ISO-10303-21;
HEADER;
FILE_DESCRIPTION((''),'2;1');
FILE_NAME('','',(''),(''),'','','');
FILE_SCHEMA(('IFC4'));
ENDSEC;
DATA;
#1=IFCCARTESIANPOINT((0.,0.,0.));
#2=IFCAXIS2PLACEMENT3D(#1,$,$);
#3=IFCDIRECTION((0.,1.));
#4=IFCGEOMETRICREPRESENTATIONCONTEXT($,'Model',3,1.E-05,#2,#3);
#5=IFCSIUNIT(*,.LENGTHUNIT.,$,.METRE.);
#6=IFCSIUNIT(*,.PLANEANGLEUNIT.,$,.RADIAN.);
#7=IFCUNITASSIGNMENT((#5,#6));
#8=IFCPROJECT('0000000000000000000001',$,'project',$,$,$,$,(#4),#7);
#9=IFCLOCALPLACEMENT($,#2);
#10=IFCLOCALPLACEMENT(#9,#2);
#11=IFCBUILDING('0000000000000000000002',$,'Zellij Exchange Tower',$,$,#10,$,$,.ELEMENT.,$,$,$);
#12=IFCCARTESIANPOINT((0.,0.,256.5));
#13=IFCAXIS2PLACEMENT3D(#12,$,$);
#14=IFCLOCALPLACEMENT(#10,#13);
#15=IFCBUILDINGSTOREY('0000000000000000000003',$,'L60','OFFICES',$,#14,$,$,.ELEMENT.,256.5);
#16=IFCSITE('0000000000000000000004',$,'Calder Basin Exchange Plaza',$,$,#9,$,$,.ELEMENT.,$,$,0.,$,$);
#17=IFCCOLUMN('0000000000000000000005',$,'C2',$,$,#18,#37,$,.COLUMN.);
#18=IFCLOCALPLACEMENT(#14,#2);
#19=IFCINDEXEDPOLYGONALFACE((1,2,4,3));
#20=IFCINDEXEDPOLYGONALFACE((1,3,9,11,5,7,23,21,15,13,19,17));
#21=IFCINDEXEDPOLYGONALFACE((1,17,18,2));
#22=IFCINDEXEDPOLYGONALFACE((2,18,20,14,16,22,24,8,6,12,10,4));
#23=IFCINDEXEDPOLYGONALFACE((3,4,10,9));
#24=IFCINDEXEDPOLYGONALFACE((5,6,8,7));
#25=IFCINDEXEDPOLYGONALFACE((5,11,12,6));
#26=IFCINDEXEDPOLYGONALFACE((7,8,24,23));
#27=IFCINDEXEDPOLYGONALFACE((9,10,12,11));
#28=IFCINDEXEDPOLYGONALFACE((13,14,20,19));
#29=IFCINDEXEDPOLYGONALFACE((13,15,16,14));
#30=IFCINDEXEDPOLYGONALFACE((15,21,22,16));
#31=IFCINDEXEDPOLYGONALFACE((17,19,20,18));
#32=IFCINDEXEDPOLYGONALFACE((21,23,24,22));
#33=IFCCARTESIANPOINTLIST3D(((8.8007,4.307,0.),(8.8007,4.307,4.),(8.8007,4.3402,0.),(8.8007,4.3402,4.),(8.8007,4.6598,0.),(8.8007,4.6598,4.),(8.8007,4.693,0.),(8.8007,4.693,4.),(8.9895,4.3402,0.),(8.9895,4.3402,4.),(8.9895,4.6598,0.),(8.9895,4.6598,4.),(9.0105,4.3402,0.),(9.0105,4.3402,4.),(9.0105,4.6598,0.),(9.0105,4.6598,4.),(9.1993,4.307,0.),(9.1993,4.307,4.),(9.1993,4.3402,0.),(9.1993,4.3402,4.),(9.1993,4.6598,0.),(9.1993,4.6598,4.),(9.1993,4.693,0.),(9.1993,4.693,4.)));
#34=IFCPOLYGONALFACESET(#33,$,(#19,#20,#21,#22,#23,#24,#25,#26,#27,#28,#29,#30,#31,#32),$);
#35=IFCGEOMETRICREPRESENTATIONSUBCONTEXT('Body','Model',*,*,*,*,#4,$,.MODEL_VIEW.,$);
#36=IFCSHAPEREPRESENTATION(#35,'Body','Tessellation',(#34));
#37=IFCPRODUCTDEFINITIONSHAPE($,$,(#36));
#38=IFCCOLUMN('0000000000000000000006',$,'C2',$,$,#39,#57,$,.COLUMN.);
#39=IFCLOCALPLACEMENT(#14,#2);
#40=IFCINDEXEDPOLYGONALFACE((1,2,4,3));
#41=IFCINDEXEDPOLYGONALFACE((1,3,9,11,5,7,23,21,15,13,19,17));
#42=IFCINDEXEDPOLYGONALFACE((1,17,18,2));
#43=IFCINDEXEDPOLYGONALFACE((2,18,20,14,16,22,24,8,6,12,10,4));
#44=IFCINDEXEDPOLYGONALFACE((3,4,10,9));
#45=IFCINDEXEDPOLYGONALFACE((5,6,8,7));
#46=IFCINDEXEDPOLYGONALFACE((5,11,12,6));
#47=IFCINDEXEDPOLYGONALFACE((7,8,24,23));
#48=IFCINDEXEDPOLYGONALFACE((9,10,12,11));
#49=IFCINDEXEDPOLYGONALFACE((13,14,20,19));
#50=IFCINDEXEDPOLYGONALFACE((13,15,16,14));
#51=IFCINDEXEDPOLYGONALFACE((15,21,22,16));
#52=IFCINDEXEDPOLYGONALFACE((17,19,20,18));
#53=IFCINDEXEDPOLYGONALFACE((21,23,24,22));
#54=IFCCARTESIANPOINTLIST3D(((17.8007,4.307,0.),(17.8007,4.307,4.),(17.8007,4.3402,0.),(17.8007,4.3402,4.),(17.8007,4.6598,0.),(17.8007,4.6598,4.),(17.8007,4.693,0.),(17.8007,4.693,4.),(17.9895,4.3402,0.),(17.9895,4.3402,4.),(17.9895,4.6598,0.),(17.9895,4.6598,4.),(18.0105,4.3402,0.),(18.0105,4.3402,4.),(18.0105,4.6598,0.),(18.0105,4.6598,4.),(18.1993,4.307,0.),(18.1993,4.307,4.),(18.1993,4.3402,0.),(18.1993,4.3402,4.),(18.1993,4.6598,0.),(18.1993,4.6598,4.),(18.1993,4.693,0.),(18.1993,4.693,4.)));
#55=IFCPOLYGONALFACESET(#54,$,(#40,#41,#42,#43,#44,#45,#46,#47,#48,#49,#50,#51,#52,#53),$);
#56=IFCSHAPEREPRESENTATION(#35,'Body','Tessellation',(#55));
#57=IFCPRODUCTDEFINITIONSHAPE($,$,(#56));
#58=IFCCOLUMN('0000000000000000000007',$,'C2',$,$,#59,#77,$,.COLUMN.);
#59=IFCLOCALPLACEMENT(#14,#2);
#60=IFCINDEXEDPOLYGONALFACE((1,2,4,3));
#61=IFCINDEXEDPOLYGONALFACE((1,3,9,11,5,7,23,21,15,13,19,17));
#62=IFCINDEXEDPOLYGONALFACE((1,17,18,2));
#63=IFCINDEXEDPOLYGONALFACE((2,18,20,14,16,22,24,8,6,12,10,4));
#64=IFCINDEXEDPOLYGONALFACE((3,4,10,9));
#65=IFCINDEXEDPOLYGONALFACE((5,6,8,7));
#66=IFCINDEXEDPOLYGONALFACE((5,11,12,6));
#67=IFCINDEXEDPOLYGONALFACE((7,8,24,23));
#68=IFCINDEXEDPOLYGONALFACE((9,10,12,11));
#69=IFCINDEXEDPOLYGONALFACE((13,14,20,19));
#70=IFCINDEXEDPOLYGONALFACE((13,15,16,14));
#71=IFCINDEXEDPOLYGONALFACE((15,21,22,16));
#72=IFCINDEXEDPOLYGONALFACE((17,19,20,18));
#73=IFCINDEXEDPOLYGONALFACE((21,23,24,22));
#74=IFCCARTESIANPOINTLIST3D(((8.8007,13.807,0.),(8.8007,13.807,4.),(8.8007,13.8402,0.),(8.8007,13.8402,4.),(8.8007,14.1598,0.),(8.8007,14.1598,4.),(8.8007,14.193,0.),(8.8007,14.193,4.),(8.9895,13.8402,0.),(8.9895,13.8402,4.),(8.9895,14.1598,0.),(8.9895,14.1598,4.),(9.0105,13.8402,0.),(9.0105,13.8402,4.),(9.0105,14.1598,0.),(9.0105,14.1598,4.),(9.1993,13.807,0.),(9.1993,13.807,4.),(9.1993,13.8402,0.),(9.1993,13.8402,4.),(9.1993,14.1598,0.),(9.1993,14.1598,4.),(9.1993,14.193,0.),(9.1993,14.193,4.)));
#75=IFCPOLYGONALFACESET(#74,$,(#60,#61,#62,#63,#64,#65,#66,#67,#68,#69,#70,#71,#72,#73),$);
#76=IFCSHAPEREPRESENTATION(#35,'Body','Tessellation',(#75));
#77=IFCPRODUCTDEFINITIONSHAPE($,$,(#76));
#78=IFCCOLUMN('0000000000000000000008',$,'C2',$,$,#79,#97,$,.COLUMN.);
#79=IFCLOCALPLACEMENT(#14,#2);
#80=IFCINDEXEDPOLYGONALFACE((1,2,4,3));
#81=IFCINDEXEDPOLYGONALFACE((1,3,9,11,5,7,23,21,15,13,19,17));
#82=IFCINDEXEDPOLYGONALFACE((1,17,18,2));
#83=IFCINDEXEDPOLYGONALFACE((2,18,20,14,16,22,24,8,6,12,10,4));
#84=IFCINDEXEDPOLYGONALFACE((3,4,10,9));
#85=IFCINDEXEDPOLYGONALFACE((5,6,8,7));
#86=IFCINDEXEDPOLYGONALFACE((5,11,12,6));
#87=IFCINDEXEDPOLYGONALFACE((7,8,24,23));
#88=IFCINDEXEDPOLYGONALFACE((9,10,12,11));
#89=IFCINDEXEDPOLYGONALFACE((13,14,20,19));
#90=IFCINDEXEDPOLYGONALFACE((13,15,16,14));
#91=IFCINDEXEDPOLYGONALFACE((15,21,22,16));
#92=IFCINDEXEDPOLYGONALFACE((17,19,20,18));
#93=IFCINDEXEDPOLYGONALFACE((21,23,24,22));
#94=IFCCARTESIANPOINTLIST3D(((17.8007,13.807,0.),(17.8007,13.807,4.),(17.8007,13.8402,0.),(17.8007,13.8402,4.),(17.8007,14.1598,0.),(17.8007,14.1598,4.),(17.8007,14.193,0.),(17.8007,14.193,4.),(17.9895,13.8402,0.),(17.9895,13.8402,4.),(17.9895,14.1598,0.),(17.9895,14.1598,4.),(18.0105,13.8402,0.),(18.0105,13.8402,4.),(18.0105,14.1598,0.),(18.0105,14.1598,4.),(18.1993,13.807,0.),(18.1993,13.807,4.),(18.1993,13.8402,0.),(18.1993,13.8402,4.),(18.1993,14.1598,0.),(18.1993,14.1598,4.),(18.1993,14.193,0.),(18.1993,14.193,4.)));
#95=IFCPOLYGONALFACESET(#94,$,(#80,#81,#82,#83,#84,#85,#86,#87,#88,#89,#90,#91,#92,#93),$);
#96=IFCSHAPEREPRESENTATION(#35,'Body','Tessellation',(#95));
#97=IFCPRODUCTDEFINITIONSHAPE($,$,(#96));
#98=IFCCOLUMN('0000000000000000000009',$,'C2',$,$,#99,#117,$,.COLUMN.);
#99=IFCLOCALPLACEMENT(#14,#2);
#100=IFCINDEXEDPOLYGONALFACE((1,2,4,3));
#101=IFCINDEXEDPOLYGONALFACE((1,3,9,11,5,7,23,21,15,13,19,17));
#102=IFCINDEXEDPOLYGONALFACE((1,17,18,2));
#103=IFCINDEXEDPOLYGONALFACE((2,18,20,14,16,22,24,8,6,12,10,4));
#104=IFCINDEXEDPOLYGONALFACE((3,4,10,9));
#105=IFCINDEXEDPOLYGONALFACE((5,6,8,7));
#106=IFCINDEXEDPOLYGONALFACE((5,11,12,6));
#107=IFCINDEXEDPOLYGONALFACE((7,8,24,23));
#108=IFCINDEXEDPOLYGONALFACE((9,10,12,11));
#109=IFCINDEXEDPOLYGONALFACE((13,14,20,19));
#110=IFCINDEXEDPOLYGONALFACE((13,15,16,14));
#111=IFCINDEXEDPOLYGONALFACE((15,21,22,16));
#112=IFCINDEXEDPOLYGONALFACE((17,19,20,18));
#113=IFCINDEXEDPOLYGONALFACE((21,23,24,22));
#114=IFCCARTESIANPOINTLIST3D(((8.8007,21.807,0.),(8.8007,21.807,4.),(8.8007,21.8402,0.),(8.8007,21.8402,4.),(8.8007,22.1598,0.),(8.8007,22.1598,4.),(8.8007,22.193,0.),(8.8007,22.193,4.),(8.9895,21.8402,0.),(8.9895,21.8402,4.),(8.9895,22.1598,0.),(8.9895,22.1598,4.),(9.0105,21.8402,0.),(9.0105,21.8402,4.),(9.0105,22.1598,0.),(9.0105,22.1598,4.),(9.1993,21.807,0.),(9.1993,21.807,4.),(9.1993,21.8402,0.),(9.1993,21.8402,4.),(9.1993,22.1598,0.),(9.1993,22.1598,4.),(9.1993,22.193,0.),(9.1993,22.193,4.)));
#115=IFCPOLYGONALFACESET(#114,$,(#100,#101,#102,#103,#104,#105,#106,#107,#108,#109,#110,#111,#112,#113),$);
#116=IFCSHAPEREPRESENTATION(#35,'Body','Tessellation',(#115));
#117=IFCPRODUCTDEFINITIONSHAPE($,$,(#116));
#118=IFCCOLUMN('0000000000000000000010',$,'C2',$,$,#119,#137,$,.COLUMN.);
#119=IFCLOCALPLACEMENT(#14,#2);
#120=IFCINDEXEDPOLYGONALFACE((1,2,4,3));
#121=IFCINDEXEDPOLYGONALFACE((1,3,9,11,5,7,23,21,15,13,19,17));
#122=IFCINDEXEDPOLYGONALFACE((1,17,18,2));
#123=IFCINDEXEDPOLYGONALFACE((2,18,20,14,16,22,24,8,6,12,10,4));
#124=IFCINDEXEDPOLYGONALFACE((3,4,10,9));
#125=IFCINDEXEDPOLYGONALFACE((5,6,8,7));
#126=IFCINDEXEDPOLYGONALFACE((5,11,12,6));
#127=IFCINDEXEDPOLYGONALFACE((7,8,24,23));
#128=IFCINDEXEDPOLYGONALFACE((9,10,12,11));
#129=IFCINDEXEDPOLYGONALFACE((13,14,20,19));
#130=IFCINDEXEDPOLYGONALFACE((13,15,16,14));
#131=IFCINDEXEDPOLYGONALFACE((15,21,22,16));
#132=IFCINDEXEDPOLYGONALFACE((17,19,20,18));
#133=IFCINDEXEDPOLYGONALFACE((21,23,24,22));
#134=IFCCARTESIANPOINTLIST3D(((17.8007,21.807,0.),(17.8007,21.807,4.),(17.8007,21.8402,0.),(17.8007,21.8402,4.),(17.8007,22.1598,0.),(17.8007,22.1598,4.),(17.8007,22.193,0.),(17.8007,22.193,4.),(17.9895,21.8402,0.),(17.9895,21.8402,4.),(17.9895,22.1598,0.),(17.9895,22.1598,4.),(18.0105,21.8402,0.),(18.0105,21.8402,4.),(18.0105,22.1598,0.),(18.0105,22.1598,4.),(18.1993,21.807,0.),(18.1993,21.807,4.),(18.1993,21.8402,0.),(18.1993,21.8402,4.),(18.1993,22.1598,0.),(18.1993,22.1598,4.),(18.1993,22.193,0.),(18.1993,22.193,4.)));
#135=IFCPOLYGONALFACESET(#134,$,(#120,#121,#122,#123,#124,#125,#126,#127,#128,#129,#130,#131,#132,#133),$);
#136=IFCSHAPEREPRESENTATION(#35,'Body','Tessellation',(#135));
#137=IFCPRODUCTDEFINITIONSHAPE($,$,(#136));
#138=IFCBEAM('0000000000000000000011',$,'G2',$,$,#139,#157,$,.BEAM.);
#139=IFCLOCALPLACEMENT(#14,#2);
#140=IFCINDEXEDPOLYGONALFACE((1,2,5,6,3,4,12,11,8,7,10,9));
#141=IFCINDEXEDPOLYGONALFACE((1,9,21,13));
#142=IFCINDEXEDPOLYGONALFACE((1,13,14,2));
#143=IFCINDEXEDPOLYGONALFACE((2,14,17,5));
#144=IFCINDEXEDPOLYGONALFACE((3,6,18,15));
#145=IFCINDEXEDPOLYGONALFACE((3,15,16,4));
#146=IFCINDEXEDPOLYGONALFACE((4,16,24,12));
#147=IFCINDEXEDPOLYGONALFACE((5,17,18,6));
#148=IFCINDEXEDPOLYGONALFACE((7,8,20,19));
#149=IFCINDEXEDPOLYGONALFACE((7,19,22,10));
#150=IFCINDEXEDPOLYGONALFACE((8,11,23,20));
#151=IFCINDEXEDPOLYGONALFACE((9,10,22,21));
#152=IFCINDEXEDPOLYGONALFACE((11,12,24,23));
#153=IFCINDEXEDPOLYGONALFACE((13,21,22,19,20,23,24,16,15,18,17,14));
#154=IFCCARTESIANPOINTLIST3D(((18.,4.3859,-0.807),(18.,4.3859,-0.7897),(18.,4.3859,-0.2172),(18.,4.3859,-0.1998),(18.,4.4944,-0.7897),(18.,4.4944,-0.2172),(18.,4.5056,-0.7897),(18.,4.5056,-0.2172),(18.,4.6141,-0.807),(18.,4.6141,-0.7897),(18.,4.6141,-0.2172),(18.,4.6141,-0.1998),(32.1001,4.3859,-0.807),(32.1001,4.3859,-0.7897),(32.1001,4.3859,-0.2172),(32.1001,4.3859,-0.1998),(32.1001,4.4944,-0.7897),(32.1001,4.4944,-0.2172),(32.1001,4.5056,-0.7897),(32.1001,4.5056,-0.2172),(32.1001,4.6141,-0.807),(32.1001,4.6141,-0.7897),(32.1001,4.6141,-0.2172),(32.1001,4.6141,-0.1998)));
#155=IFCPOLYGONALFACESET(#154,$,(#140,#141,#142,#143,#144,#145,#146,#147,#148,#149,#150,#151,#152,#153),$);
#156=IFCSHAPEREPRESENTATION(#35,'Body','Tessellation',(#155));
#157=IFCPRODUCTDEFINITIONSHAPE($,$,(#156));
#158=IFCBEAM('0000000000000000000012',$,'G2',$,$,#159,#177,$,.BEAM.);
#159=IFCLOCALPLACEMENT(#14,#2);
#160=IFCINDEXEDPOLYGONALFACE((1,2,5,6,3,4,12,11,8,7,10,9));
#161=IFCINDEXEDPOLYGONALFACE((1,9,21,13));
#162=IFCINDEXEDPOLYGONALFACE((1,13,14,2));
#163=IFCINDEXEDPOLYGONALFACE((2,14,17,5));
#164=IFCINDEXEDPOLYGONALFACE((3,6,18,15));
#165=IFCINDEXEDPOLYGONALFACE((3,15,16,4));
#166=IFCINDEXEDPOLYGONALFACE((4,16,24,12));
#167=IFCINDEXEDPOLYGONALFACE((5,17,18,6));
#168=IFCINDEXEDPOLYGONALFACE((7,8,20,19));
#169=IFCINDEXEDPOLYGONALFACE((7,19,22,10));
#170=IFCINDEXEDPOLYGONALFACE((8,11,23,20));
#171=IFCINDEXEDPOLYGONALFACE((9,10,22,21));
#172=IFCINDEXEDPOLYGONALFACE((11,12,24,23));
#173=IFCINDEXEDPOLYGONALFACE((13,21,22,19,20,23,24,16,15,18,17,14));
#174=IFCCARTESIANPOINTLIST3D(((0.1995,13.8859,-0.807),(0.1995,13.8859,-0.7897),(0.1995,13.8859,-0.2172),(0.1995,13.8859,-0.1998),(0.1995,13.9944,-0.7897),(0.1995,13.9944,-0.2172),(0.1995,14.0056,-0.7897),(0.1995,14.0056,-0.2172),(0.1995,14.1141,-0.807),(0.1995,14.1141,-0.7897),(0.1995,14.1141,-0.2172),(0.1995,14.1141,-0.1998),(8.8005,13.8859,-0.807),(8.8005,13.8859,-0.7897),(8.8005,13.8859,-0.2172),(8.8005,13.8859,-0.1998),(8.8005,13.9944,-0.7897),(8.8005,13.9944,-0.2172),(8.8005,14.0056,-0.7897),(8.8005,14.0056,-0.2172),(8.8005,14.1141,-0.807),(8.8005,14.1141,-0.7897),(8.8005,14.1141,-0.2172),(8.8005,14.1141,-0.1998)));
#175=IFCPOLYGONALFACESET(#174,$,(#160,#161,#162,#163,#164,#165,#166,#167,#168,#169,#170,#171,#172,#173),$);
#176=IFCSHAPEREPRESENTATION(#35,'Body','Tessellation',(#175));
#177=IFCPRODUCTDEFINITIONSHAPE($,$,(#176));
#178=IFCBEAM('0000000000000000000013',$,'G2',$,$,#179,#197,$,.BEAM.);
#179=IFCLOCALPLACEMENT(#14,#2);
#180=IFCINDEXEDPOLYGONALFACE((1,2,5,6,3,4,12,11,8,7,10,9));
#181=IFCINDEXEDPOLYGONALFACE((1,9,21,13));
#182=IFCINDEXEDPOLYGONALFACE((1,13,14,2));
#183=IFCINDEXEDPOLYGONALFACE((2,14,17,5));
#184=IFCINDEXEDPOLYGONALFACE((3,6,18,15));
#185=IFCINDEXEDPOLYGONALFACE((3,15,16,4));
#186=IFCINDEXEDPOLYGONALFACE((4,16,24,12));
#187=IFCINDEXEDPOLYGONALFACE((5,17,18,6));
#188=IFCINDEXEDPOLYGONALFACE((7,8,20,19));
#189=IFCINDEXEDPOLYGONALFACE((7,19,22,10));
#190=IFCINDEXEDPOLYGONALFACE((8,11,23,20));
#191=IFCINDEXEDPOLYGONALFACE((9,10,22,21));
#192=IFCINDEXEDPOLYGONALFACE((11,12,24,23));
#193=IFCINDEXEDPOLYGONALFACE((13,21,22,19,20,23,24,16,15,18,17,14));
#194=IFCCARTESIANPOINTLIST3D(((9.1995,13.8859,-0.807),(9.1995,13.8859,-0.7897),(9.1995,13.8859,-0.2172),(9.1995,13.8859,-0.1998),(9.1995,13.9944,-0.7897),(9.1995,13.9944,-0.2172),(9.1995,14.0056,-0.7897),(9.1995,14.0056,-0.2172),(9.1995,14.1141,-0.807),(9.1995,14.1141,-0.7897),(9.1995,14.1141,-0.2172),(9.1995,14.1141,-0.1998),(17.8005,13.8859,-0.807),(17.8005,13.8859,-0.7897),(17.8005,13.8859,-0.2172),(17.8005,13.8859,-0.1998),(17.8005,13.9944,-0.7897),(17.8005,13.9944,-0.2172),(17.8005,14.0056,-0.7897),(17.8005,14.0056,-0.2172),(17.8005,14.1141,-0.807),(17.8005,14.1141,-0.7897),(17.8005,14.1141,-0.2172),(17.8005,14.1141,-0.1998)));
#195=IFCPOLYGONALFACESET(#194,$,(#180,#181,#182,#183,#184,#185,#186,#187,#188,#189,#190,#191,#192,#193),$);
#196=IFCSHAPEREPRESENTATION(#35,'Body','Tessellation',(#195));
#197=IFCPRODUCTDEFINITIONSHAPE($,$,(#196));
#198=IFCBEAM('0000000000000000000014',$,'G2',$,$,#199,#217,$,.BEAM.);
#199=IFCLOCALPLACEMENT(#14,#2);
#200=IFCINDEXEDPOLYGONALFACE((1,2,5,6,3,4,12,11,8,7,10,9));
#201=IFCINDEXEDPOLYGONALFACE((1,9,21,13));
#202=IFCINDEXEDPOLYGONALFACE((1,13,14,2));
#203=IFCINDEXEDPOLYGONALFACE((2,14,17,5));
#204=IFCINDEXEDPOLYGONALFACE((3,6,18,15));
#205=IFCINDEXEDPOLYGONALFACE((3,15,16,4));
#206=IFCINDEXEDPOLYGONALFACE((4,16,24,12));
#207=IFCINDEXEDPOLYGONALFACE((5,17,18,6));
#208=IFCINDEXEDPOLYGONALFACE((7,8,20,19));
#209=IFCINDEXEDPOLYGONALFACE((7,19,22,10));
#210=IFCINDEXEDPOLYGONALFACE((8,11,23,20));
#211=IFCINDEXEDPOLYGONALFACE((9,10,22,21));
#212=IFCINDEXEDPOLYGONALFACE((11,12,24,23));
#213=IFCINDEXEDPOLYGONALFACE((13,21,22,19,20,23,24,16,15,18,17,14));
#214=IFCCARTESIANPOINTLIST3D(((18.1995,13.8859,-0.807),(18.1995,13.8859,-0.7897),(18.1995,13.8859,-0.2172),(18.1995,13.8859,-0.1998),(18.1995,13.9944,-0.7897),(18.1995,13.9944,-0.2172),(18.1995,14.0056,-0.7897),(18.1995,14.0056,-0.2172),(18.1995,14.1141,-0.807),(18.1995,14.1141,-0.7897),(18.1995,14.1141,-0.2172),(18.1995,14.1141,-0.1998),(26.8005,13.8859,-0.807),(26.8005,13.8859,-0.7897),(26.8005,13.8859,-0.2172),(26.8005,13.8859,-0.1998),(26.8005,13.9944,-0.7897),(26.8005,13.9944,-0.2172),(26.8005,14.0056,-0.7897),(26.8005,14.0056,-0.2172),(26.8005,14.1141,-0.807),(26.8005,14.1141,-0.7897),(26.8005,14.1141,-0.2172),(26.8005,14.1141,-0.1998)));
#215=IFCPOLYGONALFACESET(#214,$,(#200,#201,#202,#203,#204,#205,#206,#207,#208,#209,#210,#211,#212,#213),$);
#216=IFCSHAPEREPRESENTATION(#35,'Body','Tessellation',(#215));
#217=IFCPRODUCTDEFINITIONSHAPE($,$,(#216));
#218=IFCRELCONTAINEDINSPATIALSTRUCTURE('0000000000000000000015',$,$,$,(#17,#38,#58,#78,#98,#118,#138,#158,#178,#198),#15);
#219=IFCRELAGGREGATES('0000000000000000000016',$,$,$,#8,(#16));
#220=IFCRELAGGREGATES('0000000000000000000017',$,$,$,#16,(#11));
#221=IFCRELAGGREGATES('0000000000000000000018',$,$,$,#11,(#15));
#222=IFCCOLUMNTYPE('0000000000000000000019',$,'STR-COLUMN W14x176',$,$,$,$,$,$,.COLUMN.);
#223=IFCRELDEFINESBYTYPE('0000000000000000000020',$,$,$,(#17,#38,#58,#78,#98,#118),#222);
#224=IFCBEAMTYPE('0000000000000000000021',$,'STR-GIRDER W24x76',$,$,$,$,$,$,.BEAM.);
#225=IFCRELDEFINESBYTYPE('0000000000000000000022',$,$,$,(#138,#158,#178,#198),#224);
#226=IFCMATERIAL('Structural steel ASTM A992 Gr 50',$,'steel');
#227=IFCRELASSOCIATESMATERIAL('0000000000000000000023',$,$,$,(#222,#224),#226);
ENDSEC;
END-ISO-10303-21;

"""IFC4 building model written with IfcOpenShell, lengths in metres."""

from ifc_helpers import new_model, si_unit, direction, frame, origin, origin_2d, place, context, subcontext, project, spatial, i_section, extrude, material, material_profile, profile_set, type_object, element, save


model = new_model("IFC4")

# Units and contexts
model_context = context("Model", 3, precision=1e-05, world=origin(), true_north=direction((0.0, 1.0)))
body_context = subcontext(model_context, "Body", "Model", "MODEL_VIEW")
ifc_project = project(units=[si_unit("LENGTHUNIT", "METRE"), si_unit("PLANEANGLEUNIT", "RADIAN")], contexts=[model_context])

# Site, building, storey
site_placement = place(None, origin())
site = spatial("IfcSite", under=ifc_project, at=site_placement, Name="Calder Basin Exchange Plaza", CompositionType="ELEMENT", RefElevation=0.0)
building_placement = place(site_placement, origin())
building = spatial("IfcBuilding", under=site, at=building_placement, Name="Zellij Exchange Tower", CompositionType="ELEMENT")
storey_placement = place(building_placement, frame((0.0, 0.0, 256.5)))
storey = spatial("IfcBuildingStorey", under=building, at=storey_placement, Name="L60", Description="OFFICES", CompositionType="ELEMENT", Elevation=256.5)

# Columns
ifc_material_1 = material(Name="Structural steel ASTM A992 Gr 50", Category="steel")
ifc_material_profile_1 = material_profile(ifc_material_1, i_section(OverallWidth=0.3987, OverallDepth=0.386, WebThickness=0.021, FlangeThickness=0.0332, at=origin_2d()), Name="W14x176")
ifc_profile_set_1 = profile_set([ifc_material_profile_1], Name="Structural steel ASTM A992 Gr 50")
column_type = type_object("IfcColumnType", Name="STR-COLUMN W14x176", PredefinedType="COLUMN", material=ifc_profile_set_1)
for number, where, z_axis, x_axis, name in (
    (1, (9.0, 4.5, 0.0), (0.0, 0.0, 1.0), (1.0, 0.0, 0.0), "C2"),
    (2, (18.0, 4.5, 0.0), (0.0, 0.0, 1.0), (1.0, 0.0, 0.0), "C2"),
    (3, (9.0, 14.0, 0.0), (0.0, 0.0, 1.0), (1.0, 0.0, 0.0), "C2"),
    (4, (18.0, 14.0, 0.0), (0.0, 0.0, 1.0), (1.0, 0.0, 0.0), "C2"),
    (5, (9.0, 22.0, 0.0), (0.0, 0.0, 1.0), (1.0, 0.0, 0.0), "C2"),
    (6, (18.0, 22.0, 0.0), (0.0, 0.0, 1.0), (1.0, 0.0, 0.0), "C2"),
):
    element("IfcColumn", number, at=place(storey_placement, frame(where, z_axis=z_axis, x_axis=x_axis)), inside=storey, type_object=column_type, Name=name, PredefinedType="COLUMN", context=body_context, shape_type="SweptSolid", body=[
        extrude(i_section(OverallWidth=0.3987, OverallDepth=0.386, WebThickness=0.021, FlangeThickness=0.0332, at=origin_2d()), origin(), (0.0, 0.0, 1.0), 4.0),
    ])

# Beams
ifc_material_profile_2 = material_profile(ifc_material_1, i_section(OverallWidth=0.2283, OverallDepth=0.6072, WebThickness=0.0112, FlangeThickness=0.0173, at=origin_2d()), Name="W24x76")
ifc_profile_set_2 = profile_set([ifc_material_profile_2], Name="Structural steel ASTM A992 Gr 50")
beam_type = type_object("IfcBeamType", Name="STR-GIRDER W24x76", PredefinedType="BEAM", material=ifc_profile_set_2)
beam_1_placement = place(storey_placement, frame((18.0, 4.5, -0.5034), z_axis=(1.0, 0.0, 0.0), x_axis=(0.0, 1.0, 0.0)))
element("IfcBeam", 7, at=beam_1_placement, inside=storey, type_object=beam_type, Name="G2", PredefinedType="BEAM", context=body_context, shape_type="SweptSolid", body=[
    extrude(i_section(OverallWidth=0.2283, OverallDepth=0.6072, WebThickness=0.0112, FlangeThickness=0.0173, at=origin_2d()), origin(), (0.0, 0.0, 1.0), 14.1001),
])
for number, where, z_axis, x_axis, name in (
    (8, (0.1995, 14.0, -0.5034), (1.0, 0.0, 0.0), (0.0, 1.0, 0.0), "G2"),
    (9, (9.1995, 14.0, -0.5034), (1.0, 0.0, 0.0), (0.0, 1.0, 0.0), "G2"),
    (10, (18.1995, 14.0, -0.5034), (1.0, 0.0, 0.0), (0.0, 1.0, 0.0), "G2"),
):
    element("IfcBeam", number, at=place(storey_placement, frame(where, z_axis=z_axis, x_axis=x_axis)), inside=storey, type_object=beam_type, Name=name, PredefinedType="BEAM", context=body_context, shape_type="SweptSolid", body=[
        extrude(i_section(OverallWidth=0.2283, OverallDepth=0.6072, WebThickness=0.0112, FlangeThickness=0.0173, at=origin_2d()), origin(), (0.0, 0.0, 1.0), 8.6011),
    ])

save(model, "model.ifc")
